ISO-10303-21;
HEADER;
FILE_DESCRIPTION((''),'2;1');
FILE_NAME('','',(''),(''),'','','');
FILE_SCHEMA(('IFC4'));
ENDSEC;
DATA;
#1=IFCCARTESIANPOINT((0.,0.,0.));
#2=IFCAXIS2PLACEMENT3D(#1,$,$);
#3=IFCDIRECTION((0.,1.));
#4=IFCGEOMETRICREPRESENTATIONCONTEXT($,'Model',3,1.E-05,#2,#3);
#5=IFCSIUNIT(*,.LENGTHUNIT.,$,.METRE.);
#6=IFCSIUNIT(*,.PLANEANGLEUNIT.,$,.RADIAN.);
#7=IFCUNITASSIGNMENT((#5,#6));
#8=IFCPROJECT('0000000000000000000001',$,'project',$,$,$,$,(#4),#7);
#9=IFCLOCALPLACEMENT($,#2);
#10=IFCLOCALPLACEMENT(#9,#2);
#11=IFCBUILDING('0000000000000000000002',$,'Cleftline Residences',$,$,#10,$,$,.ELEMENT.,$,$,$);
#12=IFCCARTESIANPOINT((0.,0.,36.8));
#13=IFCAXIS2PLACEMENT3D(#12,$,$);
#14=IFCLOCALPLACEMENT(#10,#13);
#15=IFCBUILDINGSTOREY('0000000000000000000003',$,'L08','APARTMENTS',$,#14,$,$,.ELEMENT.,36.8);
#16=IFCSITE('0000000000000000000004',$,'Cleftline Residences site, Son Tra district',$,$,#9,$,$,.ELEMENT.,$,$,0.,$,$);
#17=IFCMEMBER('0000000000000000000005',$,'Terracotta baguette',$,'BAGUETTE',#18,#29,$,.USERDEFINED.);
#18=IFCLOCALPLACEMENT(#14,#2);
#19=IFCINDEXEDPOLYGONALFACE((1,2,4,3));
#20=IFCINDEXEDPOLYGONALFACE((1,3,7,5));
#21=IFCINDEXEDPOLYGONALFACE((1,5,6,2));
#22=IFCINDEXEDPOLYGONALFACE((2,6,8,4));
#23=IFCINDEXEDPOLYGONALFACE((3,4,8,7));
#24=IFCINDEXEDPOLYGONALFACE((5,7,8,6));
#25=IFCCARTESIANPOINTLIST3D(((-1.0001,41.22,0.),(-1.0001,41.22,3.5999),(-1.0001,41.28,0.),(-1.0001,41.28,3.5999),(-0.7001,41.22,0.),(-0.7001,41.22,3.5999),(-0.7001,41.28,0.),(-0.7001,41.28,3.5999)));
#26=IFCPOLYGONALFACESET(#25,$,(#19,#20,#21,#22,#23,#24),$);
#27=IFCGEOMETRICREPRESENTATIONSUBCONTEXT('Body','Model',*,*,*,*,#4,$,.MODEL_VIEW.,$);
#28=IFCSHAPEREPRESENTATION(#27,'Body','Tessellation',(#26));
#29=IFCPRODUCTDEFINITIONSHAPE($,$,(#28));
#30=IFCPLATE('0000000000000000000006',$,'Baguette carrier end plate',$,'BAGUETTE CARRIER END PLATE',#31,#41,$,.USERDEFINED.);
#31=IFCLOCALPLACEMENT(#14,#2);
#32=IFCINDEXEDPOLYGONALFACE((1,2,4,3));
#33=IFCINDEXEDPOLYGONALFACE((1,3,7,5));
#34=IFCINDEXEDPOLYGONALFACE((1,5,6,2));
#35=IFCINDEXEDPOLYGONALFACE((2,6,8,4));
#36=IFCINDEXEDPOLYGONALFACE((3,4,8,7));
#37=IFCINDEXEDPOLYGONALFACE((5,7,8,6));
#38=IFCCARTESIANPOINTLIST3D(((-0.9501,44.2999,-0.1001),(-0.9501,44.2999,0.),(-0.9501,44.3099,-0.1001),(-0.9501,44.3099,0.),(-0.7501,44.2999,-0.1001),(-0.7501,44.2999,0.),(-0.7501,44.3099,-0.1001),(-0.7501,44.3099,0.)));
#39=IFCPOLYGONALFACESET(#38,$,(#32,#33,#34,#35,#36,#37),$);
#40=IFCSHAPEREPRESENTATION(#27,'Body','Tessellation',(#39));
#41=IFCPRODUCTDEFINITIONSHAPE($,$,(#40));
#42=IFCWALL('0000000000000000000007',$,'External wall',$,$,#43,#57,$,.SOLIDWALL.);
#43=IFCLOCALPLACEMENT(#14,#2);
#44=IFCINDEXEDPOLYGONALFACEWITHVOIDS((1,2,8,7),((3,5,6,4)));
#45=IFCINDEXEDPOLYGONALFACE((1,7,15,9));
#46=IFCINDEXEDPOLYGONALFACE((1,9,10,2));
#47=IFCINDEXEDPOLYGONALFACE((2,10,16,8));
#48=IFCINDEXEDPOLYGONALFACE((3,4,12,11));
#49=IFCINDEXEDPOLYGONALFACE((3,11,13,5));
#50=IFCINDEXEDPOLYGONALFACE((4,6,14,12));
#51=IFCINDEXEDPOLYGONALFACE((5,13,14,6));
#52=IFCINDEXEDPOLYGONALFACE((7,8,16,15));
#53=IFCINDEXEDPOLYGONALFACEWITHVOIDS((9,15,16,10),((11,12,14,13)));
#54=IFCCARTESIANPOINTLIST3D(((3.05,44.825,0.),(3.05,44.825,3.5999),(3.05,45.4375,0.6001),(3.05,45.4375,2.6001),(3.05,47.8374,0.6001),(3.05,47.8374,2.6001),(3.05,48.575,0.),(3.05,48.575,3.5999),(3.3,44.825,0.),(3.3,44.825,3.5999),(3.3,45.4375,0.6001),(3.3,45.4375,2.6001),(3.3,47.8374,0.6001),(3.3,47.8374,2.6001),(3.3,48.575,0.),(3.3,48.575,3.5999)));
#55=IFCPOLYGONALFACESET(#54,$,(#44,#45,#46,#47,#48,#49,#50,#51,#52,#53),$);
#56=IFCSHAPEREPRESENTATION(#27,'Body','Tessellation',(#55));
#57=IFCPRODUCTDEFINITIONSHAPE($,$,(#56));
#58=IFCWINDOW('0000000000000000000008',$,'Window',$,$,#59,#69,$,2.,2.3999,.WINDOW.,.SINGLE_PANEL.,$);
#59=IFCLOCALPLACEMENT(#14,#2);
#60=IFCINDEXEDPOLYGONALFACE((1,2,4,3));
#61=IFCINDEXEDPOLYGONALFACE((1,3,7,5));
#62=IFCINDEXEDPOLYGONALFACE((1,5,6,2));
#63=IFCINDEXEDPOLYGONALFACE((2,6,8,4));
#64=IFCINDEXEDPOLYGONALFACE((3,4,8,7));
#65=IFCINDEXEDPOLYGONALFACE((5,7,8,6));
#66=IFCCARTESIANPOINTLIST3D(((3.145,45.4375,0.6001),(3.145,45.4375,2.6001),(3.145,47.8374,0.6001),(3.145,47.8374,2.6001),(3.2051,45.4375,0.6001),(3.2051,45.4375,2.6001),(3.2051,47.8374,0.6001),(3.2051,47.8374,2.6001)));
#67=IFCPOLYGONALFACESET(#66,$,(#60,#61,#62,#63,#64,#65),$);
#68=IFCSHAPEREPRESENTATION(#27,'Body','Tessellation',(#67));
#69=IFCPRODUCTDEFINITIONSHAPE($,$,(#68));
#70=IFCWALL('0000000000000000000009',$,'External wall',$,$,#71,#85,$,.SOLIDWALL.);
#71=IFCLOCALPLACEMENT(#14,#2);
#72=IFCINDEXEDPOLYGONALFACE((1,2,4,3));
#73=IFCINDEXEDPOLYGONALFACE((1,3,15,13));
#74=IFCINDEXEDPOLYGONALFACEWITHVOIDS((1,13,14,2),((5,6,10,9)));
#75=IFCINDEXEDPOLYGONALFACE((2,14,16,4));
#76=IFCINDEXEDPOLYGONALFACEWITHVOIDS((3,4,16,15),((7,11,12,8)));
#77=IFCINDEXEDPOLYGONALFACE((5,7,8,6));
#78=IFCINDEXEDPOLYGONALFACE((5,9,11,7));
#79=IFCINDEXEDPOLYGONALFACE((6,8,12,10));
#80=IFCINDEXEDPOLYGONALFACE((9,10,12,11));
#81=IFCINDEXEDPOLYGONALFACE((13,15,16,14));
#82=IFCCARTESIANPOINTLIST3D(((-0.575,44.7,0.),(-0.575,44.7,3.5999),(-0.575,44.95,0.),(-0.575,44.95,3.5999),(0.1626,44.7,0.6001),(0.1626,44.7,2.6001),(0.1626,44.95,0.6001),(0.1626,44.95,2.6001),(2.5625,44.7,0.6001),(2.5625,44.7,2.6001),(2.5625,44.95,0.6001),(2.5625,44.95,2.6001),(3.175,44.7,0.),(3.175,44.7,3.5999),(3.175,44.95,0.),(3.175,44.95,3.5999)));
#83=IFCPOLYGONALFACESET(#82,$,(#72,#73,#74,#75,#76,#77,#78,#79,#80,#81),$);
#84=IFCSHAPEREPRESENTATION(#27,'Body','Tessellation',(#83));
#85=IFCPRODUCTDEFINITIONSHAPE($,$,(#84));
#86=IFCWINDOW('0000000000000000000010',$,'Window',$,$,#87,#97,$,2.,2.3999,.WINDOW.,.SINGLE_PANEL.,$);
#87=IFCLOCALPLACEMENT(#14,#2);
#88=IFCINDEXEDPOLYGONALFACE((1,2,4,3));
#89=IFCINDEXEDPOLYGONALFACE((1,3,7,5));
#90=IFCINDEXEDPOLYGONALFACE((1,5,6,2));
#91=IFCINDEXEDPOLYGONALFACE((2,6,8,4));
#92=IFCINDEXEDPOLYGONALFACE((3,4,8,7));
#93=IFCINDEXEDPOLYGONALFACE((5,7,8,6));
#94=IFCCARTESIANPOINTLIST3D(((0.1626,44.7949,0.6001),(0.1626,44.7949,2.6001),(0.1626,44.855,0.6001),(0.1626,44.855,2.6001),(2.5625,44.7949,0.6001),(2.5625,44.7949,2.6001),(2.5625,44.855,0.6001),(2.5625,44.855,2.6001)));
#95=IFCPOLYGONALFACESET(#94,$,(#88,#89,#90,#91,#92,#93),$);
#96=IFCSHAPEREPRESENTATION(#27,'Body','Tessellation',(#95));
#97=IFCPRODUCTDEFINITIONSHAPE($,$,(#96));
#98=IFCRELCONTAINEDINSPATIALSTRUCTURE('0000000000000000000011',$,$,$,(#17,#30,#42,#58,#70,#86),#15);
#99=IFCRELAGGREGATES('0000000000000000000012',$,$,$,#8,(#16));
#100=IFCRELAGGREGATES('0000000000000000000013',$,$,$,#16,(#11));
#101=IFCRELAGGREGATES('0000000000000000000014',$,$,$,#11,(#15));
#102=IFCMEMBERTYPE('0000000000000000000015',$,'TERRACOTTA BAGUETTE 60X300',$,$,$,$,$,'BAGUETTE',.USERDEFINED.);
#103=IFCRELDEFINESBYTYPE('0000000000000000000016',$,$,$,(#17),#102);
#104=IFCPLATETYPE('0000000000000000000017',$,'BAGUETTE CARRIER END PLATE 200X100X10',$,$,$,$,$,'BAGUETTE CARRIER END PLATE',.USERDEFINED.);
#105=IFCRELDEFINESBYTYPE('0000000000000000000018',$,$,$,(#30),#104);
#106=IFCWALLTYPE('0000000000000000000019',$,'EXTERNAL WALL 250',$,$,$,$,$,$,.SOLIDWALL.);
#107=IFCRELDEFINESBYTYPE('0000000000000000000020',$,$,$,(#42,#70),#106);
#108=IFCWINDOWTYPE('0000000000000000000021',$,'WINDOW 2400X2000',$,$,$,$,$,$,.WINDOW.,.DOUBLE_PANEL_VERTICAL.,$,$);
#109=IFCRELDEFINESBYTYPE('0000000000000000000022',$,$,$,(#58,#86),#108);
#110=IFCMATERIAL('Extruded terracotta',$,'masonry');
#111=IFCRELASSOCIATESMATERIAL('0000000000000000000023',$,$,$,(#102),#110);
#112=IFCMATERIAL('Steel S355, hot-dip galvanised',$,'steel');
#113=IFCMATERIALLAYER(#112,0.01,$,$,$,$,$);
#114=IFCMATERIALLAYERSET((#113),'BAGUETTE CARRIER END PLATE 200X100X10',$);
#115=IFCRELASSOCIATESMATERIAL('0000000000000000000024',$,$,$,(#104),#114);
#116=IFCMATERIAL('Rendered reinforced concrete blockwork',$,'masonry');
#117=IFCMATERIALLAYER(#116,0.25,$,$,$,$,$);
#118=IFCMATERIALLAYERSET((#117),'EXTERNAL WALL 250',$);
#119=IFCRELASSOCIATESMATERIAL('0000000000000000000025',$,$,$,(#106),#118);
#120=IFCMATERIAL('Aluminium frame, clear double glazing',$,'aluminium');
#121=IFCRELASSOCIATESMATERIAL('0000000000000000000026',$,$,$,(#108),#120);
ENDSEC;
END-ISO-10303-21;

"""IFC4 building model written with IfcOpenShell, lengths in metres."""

from ifc_helpers import new_model, si_unit, direction, frame, frame_2d, origin, origin_2d, place, context, subcontext, project, spatial, rectangle, extrude, material, layer, layer_set, material_profile, profile_set, type_object, element, fill, save


model = new_model("IFC4")

# Units and contexts
model_context = context("Model", 3, precision=1e-05, world=origin(), true_north=direction((0.0, 1.0)))
body_context = subcontext(model_context, "Body", "Model", "MODEL_VIEW")
ifc_project = project(units=[si_unit("LENGTHUNIT", "METRE"), si_unit("PLANEANGLEUNIT", "RADIAN")], contexts=[model_context])

# Site, building, storey
site_placement = place(None, origin())
site = spatial("IfcSite", under=ifc_project, at=site_placement, Name="Cleftline Residences site, Son Tra district", CompositionType="ELEMENT", RefElevation=0.0)
building_placement = place(site_placement, origin())
building = spatial("IfcBuilding", under=site, at=building_placement, Name="Cleftline Residences", CompositionType="ELEMENT")
storey_placement = place(building_placement, frame((0.0, 0.0, 36.8)))
storey = spatial("IfcBuildingStorey", under=building, at=storey_placement, Name="L08", Description="APARTMENTS", CompositionType="ELEMENT", Elevation=36.8)

# Member
ifc_material_1 = material(Name="Extruded terracotta", Category="masonry")
ifc_material_profile_1 = material_profile(ifc_material_1, rectangle(XDim=0.0601, YDim=0.3, at=origin_2d()))
ifc_profile_set_1 = profile_set([ifc_material_profile_1], Name="Extruded terracotta")
member_type_1 = type_object("IfcMemberType", Name="TERRACOTTA BAGUETTE 60X300", ElementType="BAGUETTE", PredefinedType="USERDEFINED", material=ifc_profile_set_1)
for number, where, z_axis, x_axis, name in (
    (1, (-0.8501, 41.25, 0.0), (0.0, 0.0, 1.0), (0.0, 1.0, 0.0), "Terracotta baguette"),
):
    element("IfcMember", number, at=place(storey_placement, frame(where, z_axis=z_axis, x_axis=x_axis)), inside=storey, type_object=member_type_1, Name=name, ObjectType="BAGUETTE", PredefinedType="USERDEFINED", context=body_context, shape_type="SweptSolid", body=[
        extrude(rectangle(XDim=0.0601, YDim=0.3, at=origin_2d()), origin(), (0.0, 0.0, 1.0), 3.5999),
    ])

# Plate
ifc_material_2 = material(Name="Steel S355, hot-dip galvanised", Category="steel")
ifc_layer_1 = layer(ifc_material_2, 0.01)
ifc_layer_set_1 = layer_set([ifc_layer_1], Name="BAGUETTE CARRIER END PLATE 200X100X10")
plate_type = type_object("IfcPlateType", Name="BAGUETTE CARRIER END PLATE 200X100X10", ElementType="BAGUETTE CARRIER END PLATE", PredefinedType="USERDEFINED", material=ifc_layer_set_1)
plate_placement = place(storey_placement, frame((-0.8501, 44.3049, -0.1001), z_axis=(0.0, 0.0, 1.0), x_axis=(-1.0, 0.0, 0.0)))
element("IfcPlate", 2, at=plate_placement, inside=storey, type_object=plate_type, Name="Baguette carrier end plate", ObjectType="BAGUETTE CARRIER END PLATE", PredefinedType="USERDEFINED", context=body_context, shape_type="SweptSolid", body=[
    extrude(rectangle(XDim=0.2, YDim=0.01, at=origin_2d()), origin(), (0.0, 0.0, 1.0), 0.1001),
])

# Walls, openings, windows
ifc_material_3 = material(Name="Rendered reinforced concrete blockwork", Category="masonry")
ifc_layer_2 = layer(ifc_material_3, 0.25)
ifc_layer_set_2 = layer_set([ifc_layer_2], Name="EXTERNAL WALL 250")
wall_type_1 = type_object("IfcWallType", Name="EXTERNAL WALL 250", PredefinedType="SOLIDWALL", material=ifc_layer_set_2)
wall_1_placement = place(storey_placement, frame((3.175, 48.575, 0.0), z_axis=(0.0, 0.0, 1.0), x_axis=(0.0, -1.0, 0.0)))
wall_1 = element("IfcWall", 3, at=wall_1_placement, inside=storey, type_object=wall_type_1, Name="External wall", PredefinedType="SOLIDWALL", context=body_context, shape_type="SweptSolid", body=[
    extrude(rectangle(XDim=3.75, YDim=0.25, at=frame_2d((1.875, 0.0))), origin(), (0.0, 0.0, 1.0), 3.5999),
])
opening_1_placement = place(wall_1_placement, frame((0.7375, 0.0, 0.6001)))
opening_1 = element("IfcOpeningElement", 4, at=opening_1_placement, cuts=wall_1, PredefinedType="OPENING", context=body_context, shape_type="SweptSolid", body=[
    extrude(rectangle(XDim=2.3999, YDim=2.0, at=frame_2d((1.2, 1.0))), frame((0.0, 0.135, 0.0), z_axis=(0.0, -1.0, 0.0), x_axis=(1.0, 0.0, 0.0)), (0.0, 0.0, 1.0), 0.27),
])
ifc_material_4 = material(Name="Aluminium frame, clear double glazing", Category="aluminium")
window_type_1 = type_object("IfcWindowType", Name="WINDOW 2400X2000", PartitioningType="DOUBLE_PANEL_VERTICAL", PredefinedType="WINDOW", material=ifc_material_4)
window_1_placement = place(opening_1_placement, origin())
window_1 = element("IfcWindow", 5, at=window_1_placement, inside=storey, type_object=window_type_1, Name="Window", OverallHeight=2.0, OverallWidth=2.3999, PartitioningType="SINGLE_PANEL", PredefinedType="WINDOW", context=body_context, shape_type="SweptSolid", body=[
    extrude(rectangle(XDim=2.3999, YDim=2.0, at=frame_2d((1.2, 1.0))), frame((0.0, 0.03, 0.0), z_axis=(0.0, -1.0, 0.0), x_axis=(1.0, 0.0, 0.0)), (0.0, 0.0, 1.0), 0.0601),
])
fill(opening_1, window_1)
wall_2_placement = place(storey_placement, frame((3.175, 44.825, 0.0), z_axis=(0.0, 0.0, 1.0), x_axis=(-1.0, 0.0, 0.0)))
wall_2 = element("IfcWall", 6, at=wall_2_placement, inside=storey, type_object=wall_type_1, Name="External wall", PredefinedType="SOLIDWALL", context=body_context, shape_type="SweptSolid", body=[
    extrude(rectangle(XDim=3.75, YDim=0.25, at=frame_2d((1.875, 0.0))), origin(), (0.0, 0.0, 1.0), 3.5999),
])
opening_2_placement = place(wall_2_placement, frame((0.6125, 0.0, 0.6001)))
opening_2 = element("IfcOpeningElement", 7, at=opening_2_placement, cuts=wall_2, PredefinedType="OPENING", context=body_context, shape_type="SweptSolid", body=[
    extrude(rectangle(XDim=2.3999, YDim=2.0, at=frame_2d((1.2, 1.0))), frame((0.0, 0.135, 0.0), z_axis=(0.0, -1.0, 0.0), x_axis=(1.0, 0.0, 0.0)), (0.0, 0.0, 1.0), 0.27),
])
window_2_placement = place(opening_2_placement, origin())
window_2 = element("IfcWindow", 8, at=window_2_placement, inside=storey, type_object=window_type_1, Name="Window", OverallHeight=2.0, OverallWidth=2.3999, PartitioningType="SINGLE_PANEL", PredefinedType="WINDOW", context=body_context, shape_type="SweptSolid", body=[
    extrude(rectangle(XDim=2.3999, YDim=2.0, at=frame_2d((1.2, 1.0))), frame((0.0, 0.03, 0.0), z_axis=(0.0, -1.0, 0.0), x_axis=(1.0, 0.0, 0.0)), (0.0, 0.0, 1.0), 0.0601),
])
fill(opening_2, window_2)

save(model, "model.ifc")
